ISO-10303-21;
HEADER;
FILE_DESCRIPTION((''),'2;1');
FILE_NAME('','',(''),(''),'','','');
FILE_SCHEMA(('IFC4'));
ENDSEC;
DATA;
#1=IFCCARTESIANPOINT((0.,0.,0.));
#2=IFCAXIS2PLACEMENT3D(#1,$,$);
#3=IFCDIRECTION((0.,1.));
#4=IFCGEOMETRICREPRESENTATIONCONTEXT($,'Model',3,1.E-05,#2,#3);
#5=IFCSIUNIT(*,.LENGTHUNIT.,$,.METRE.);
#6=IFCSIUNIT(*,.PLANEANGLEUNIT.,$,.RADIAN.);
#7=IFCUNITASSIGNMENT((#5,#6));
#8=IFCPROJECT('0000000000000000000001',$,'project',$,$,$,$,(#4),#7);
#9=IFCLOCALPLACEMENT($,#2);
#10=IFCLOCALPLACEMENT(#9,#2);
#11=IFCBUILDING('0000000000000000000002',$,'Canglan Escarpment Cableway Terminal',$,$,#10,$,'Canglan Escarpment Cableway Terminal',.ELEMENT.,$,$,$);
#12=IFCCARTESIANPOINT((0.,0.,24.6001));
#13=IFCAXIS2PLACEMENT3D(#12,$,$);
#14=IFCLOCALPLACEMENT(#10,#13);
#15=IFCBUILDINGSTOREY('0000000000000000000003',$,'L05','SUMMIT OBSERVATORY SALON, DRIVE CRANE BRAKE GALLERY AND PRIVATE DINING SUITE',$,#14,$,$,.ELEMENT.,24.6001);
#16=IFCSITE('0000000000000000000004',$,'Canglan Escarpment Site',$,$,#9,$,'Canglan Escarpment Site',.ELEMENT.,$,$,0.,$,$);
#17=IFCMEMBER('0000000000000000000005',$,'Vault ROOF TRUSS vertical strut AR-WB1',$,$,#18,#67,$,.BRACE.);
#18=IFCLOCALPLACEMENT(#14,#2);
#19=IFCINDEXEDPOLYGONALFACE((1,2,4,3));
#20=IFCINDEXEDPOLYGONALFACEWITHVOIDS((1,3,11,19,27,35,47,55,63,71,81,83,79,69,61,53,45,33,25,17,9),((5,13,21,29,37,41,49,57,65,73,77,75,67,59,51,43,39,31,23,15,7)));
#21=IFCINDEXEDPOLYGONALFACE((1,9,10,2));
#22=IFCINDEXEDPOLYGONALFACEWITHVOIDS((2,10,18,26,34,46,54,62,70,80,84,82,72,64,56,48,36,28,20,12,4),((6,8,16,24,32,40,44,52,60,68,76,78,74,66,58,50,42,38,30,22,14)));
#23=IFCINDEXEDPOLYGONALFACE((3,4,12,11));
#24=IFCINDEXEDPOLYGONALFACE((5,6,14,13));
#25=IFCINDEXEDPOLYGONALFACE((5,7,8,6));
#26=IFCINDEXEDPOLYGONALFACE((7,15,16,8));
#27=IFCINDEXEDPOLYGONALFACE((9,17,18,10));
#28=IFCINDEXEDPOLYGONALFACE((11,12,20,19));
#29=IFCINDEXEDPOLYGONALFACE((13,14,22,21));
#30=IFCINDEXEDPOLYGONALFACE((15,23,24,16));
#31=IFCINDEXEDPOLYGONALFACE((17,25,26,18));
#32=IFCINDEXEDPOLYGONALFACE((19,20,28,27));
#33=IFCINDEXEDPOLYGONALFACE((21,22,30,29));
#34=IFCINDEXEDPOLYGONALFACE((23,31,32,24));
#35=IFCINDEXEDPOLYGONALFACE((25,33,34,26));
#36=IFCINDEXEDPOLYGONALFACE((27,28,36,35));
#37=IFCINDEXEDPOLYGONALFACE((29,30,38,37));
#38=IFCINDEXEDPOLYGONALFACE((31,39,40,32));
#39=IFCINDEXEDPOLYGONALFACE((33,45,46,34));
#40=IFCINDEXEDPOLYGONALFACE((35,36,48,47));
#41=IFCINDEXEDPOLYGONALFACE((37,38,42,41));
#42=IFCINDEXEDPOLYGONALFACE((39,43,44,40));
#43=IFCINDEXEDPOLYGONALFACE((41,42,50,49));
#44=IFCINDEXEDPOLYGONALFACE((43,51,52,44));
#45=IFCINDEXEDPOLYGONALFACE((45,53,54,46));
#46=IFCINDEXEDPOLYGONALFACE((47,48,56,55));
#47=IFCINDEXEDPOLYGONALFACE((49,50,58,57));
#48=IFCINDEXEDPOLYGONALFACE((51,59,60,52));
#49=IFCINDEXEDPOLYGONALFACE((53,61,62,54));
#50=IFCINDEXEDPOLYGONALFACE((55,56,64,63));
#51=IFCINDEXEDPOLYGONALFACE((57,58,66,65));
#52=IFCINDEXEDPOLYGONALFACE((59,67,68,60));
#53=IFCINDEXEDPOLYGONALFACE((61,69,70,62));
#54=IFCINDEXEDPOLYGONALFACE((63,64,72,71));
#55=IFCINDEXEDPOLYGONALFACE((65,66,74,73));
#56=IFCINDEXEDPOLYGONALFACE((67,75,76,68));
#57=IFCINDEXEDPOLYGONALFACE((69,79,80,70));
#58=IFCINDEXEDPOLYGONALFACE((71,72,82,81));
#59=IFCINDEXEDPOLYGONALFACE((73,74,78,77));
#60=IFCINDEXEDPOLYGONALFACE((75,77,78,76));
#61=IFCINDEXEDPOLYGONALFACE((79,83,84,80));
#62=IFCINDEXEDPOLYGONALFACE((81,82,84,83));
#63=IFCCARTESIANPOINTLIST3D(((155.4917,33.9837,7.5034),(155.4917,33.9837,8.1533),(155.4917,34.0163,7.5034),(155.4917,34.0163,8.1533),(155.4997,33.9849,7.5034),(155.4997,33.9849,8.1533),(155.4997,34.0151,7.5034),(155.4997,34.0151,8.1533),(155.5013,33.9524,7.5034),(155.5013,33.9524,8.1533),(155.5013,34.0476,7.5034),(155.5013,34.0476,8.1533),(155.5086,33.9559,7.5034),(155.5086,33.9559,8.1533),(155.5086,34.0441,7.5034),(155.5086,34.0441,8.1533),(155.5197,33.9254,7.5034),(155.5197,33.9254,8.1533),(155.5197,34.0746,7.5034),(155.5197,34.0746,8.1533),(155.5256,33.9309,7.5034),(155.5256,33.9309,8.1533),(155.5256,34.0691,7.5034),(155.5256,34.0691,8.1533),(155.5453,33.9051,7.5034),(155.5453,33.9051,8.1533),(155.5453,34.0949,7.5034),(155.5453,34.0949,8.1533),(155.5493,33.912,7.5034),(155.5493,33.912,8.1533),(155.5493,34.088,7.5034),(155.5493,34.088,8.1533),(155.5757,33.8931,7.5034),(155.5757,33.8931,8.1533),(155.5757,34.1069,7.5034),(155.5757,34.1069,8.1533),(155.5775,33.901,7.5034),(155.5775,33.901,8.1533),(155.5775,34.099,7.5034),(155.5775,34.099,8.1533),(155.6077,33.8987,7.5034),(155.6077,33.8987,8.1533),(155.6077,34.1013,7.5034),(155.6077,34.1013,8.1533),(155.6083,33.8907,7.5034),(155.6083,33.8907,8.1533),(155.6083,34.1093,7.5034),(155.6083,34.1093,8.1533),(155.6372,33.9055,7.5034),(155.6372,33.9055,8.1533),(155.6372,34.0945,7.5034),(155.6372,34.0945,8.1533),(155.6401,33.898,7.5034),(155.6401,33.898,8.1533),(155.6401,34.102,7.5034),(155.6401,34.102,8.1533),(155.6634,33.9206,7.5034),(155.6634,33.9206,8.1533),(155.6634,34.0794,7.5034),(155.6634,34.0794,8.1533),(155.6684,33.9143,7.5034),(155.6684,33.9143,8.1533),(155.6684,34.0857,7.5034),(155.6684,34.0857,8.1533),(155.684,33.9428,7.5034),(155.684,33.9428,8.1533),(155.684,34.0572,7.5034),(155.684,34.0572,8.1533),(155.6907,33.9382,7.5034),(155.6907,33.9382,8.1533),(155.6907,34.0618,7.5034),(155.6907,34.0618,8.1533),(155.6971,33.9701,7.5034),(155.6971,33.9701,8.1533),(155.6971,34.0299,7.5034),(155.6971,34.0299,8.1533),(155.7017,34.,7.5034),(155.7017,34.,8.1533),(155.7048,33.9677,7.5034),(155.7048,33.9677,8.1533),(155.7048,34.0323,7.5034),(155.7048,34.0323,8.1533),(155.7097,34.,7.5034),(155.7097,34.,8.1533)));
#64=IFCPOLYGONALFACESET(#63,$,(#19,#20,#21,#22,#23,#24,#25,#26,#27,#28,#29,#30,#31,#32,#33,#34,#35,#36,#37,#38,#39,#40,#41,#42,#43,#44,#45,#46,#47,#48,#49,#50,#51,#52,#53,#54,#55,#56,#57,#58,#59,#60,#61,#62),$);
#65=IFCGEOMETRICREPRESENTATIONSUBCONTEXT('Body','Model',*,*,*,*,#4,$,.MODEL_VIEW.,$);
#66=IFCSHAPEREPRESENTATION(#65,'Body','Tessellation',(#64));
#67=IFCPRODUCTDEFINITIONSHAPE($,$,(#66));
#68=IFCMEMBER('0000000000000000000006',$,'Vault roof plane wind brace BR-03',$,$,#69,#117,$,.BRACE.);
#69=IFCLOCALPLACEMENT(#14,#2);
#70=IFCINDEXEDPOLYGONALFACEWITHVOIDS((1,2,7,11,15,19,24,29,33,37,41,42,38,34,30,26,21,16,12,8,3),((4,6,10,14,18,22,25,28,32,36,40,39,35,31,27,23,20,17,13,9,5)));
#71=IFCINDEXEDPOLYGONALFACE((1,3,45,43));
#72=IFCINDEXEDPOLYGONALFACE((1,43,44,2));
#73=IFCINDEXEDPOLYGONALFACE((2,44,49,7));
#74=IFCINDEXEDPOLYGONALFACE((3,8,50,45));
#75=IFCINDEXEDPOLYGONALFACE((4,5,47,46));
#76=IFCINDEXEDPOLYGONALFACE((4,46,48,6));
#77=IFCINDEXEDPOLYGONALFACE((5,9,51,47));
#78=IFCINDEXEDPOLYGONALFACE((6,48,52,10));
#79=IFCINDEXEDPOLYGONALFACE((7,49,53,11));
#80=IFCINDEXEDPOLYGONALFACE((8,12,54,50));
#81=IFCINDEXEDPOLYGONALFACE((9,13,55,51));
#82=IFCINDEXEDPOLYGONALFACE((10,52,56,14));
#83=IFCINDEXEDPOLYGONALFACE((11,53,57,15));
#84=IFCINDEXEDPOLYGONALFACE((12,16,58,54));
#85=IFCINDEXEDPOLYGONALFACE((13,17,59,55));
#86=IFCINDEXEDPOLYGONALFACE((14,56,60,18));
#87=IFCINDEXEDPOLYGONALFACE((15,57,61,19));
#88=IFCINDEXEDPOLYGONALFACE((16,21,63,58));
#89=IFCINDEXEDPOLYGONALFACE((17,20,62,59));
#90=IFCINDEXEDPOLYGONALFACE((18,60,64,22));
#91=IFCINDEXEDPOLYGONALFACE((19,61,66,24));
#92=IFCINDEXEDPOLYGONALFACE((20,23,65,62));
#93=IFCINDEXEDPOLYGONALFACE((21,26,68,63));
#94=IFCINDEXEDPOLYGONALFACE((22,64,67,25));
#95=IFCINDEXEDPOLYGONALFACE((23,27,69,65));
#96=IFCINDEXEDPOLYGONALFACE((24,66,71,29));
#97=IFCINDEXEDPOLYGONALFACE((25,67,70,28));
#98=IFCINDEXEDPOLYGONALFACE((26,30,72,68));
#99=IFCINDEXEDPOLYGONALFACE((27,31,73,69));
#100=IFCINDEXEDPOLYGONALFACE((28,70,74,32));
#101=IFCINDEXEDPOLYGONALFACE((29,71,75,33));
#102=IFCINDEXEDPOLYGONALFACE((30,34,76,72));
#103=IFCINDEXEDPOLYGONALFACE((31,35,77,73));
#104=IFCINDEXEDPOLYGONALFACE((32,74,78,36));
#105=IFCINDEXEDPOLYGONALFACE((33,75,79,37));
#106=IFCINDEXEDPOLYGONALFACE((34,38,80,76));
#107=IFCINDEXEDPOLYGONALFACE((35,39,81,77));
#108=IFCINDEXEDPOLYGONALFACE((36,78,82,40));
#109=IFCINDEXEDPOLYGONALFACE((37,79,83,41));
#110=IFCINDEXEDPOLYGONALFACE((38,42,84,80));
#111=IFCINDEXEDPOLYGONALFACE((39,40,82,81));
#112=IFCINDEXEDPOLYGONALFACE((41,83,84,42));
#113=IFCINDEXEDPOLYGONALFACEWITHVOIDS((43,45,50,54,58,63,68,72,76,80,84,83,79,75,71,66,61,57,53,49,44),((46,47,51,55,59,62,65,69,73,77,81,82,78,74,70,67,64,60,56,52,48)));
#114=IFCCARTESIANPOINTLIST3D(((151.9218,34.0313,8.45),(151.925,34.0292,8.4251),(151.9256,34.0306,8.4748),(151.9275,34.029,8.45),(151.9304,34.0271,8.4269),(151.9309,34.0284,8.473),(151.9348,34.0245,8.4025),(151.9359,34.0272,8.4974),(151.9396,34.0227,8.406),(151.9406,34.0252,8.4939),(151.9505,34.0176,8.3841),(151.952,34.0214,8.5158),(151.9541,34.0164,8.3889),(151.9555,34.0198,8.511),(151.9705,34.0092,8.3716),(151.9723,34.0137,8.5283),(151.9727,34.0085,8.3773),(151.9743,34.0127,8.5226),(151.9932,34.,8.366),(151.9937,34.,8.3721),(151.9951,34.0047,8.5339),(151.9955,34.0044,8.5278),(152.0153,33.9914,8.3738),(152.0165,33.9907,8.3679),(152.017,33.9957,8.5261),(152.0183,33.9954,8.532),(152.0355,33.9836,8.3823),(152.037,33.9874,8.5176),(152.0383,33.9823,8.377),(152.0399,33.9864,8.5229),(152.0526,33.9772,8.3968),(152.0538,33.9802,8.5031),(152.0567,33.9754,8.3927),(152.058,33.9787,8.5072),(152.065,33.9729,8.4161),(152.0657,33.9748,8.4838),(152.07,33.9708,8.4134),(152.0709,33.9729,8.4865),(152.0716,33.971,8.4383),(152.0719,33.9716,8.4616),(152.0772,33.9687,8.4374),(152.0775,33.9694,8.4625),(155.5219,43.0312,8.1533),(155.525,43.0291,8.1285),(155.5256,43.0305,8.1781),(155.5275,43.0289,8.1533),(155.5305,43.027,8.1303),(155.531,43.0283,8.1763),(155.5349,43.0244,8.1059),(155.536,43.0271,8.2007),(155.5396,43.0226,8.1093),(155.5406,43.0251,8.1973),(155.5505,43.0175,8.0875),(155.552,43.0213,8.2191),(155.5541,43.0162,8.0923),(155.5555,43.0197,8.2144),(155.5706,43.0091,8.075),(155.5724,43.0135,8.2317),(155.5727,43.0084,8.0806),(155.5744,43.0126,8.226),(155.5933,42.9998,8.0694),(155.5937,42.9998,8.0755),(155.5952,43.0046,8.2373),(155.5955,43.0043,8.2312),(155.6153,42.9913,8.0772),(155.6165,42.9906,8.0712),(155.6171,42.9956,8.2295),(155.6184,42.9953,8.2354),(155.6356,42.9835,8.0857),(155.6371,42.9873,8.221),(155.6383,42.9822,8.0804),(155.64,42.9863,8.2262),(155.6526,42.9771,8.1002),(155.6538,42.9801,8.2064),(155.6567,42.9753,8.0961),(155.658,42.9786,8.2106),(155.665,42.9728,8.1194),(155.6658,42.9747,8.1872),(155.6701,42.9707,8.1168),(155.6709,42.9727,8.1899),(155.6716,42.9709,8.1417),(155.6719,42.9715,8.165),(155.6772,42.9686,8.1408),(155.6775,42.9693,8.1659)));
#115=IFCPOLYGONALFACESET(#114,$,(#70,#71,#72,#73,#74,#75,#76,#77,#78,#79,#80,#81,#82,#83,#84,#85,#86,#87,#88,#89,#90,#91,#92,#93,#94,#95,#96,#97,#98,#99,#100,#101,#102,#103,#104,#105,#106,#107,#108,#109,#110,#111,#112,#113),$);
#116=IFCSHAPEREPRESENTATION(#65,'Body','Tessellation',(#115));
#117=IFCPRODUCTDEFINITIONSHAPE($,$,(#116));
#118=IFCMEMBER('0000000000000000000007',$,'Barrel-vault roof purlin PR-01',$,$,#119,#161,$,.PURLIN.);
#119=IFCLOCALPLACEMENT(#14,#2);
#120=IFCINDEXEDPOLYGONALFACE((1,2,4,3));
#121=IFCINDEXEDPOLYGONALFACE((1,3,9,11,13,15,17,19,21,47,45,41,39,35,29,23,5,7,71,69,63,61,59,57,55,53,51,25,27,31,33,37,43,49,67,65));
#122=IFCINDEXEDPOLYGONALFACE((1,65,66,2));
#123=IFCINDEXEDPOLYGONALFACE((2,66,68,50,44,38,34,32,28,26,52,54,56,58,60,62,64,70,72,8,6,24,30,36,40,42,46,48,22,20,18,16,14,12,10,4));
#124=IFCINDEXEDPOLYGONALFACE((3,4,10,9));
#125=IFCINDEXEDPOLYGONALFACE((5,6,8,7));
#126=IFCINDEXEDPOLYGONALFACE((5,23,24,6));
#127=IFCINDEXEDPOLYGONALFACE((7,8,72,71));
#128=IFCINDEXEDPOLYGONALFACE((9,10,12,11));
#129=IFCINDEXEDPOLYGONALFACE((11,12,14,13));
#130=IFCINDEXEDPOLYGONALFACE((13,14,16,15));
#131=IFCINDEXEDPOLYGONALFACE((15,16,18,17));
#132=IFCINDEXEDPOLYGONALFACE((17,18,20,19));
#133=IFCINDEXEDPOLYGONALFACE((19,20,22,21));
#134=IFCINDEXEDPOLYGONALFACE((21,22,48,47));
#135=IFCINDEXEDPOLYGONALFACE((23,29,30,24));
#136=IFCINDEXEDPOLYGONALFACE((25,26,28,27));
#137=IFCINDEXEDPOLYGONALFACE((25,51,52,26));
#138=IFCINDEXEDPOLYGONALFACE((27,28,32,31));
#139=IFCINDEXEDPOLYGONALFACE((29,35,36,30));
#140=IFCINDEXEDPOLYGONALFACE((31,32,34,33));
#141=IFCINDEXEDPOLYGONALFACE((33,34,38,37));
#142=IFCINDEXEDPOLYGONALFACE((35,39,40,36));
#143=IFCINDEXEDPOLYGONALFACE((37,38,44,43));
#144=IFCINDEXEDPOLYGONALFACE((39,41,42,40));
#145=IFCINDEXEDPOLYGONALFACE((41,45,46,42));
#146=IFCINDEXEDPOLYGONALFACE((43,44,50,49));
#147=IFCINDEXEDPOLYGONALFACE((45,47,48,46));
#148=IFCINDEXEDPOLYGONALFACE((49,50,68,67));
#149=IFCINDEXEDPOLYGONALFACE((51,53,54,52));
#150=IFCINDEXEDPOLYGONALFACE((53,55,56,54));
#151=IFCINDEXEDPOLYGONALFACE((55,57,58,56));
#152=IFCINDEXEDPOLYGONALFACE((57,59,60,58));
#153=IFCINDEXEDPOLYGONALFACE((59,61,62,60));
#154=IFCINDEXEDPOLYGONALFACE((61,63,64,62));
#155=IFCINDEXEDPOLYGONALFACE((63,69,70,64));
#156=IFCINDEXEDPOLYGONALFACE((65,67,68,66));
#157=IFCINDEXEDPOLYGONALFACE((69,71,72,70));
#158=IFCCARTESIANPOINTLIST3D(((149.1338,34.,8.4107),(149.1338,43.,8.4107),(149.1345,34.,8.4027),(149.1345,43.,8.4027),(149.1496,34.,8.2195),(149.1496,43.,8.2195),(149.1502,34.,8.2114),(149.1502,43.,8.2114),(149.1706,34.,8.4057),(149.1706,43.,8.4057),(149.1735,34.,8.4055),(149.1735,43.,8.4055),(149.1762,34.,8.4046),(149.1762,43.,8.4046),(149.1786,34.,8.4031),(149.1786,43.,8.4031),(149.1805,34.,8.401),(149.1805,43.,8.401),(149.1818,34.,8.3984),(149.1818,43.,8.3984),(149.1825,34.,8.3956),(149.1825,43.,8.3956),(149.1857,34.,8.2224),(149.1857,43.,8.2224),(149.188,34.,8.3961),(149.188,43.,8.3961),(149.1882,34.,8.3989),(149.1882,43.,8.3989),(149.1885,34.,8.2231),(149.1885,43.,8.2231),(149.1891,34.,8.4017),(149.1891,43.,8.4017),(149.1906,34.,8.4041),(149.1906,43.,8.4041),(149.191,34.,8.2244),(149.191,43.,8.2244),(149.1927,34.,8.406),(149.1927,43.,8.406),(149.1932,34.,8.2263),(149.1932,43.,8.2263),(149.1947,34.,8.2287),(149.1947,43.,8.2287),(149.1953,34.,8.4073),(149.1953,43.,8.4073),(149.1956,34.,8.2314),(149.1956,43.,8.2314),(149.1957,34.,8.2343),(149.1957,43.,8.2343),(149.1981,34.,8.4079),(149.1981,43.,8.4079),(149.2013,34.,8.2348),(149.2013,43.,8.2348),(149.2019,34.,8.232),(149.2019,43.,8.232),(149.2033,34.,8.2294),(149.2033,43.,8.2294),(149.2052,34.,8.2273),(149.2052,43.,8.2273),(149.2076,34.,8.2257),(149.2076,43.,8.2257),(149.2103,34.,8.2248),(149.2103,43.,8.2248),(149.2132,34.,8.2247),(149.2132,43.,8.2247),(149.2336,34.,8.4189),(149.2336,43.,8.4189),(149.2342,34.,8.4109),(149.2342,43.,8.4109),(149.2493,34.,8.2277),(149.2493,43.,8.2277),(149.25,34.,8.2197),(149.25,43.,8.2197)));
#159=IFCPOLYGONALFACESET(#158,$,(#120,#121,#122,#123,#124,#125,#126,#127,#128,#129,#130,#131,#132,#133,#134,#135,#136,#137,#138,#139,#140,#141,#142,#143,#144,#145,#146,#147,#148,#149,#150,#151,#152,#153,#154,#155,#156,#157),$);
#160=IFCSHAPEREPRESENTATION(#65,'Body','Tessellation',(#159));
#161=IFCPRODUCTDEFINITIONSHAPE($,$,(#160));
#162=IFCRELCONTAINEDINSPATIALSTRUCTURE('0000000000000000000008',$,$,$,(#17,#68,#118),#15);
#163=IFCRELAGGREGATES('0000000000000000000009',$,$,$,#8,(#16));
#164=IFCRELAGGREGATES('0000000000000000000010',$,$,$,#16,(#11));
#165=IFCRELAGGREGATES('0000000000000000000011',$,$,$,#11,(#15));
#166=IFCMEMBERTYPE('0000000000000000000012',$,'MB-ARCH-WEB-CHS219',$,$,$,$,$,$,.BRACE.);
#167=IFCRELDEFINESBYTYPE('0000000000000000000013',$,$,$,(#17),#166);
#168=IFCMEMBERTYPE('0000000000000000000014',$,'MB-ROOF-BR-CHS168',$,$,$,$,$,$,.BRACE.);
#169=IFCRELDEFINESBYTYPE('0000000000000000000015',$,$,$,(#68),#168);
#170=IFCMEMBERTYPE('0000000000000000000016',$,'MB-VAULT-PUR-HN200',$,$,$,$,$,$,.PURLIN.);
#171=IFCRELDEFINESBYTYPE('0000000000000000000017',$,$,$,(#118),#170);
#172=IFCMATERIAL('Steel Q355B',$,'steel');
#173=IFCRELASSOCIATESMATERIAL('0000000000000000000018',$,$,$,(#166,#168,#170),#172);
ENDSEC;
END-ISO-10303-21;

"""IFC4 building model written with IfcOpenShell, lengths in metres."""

from ifc_helpers import new_model, si_unit, direction, frame, origin, origin_2d, place, context, subcontext, project, spatial, hollow_circle, i_section, extrude, material, material_profile, profile_set, type_object, element, save


model = new_model("IFC4")

# Units and contexts
model_context = context("Model", 3, precision=1e-05, world=origin(), true_north=direction((0.0, 1.0)))
body_context = subcontext(model_context, "Body", "Model", "MODEL_VIEW")
ifc_project = project(units=[si_unit("LENGTHUNIT", "METRE"), si_unit("PLANEANGLEUNIT", "RADIAN")], contexts=[model_context])

# Site, building, storey
site_placement = place(None, origin())
site = spatial("IfcSite", under=ifc_project, at=site_placement, Name="Canglan Escarpment Site", LongName="Canglan Escarpment Site", CompositionType="ELEMENT", RefElevation=0.0)
building_placement = place(site_placement, origin())
building = spatial("IfcBuilding", under=site, at=building_placement, Name="Canglan Escarpment Cableway Terminal", LongName="Canglan Escarpment Cableway Terminal", CompositionType="ELEMENT")
storey_placement = place(building_placement, frame((0.0, 0.0, 24.6001)))
storey = spatial("IfcBuildingStorey", under=building, at=storey_placement, Name="L05", Description="SUMMIT OBSERVATORY SALON, DRIVE CRANE BRAKE GALLERY AND PRIVATE DINING SUITE", CompositionType="ELEMENT", Elevation=24.6001)

# Shared definitions
ifc_material_1 = material(Name="Steel Q355B", Category="steel")

# Members
ifc_material_profile_1 = material_profile(ifc_material_1, hollow_circle(Radius=0.1096, WallThickness=0.0081, at=origin_2d()), Name="CHS 219.1x8")
ifc_profile_set_1 = profile_set([ifc_material_profile_1], Name="Steel Q355B")
member_type_1 = type_object("IfcMemberType", Name="MB-ARCH-WEB-CHS219", PredefinedType="BRACE", material=ifc_profile_set_1)
member_1_placement = place(storey_placement, frame((155.6001, 34.0, 7.5034), z_axis=(0.0, 0.0, 1.0), x_axis=(1.0, 0.0, 0.0)))
element("IfcMember", 1, at=member_1_placement, inside=storey, type_object=member_type_1, Name="Vault ROOF TRUSS vertical strut AR-WB1", PredefinedType="BRACE", context=body_context, shape_type="SweptSolid", body=[
    extrude(hollow_circle(Radius=0.1096, WallThickness=0.0081, at=origin_2d()), origin(), (0.0, 0.0, 1.0), 0.6499),
])
ifc_material_profile_2 = material_profile(ifc_material_1, hollow_circle(Radius=0.0842, WallThickness=0.0061, at=origin_2d()), Name="CHS 168.3x6")
ifc_profile_set_2 = profile_set([ifc_material_profile_2], Name="Steel Q355B")
member_type_2 = type_object("IfcMemberType", Name="MB-ROOF-BR-CHS168", PredefinedType="BRACE", material=ifc_profile_set_2)
member_2_placement = place(storey_placement, frame((152.0, 34.0, 8.45), z_axis=(0.371226, 0.928039, -0.030587), x_axis=(-0.928473, 0.371399, 0.0)))
element("IfcMember", 2, at=member_2_placement, inside=storey, type_object=member_type_2, Name="Vault roof plane wind brace BR-03", PredefinedType="BRACE", context=body_context, shape_type="SweptSolid", body=[
    extrude(hollow_circle(Radius=0.0842, WallThickness=0.0061, at=origin_2d()), origin(), (0.0, 0.0, 1.0), 9.6978),
])
ifc_material_profile_3 = material_profile(ifc_material_1, i_section(OverallWidth=0.1001, OverallDepth=0.2, WebThickness=0.0056, FlangeThickness=0.0081, FilletRadius=0.011, at=origin_2d()), Name="HN 200x100x5.5x8")
ifc_profile_set_3 = profile_set([ifc_material_profile_3], Name="Steel Q355B")
member_type_3 = type_object("IfcMemberType", Name="MB-VAULT-PUR-HN200", PredefinedType="PURLIN", material=ifc_profile_set_3)
for number, where, z_axis, x_axis, name in (
    (3, (149.1919, 34.0, 8.3152), (0.0, 1.0, 0.0), (-0.996626, 0.0, -0.082078), "Barrel-vault roof purlin PR-01"),
):
    element("IfcMember", number, at=place(storey_placement, frame(where, z_axis=z_axis, x_axis=x_axis)), inside=storey, type_object=member_type_3, Name=name, PredefinedType="PURLIN", context=body_context, shape_type="SweptSolid", body=[
        extrude(i_section(OverallWidth=0.1001, OverallDepth=0.2, WebThickness=0.0056, FlangeThickness=0.0081, FilletRadius=0.011, at=origin_2d()), origin(), (0.0, 0.0, 1.0), 9.0),
    ])

save(model, "model.ifc")
